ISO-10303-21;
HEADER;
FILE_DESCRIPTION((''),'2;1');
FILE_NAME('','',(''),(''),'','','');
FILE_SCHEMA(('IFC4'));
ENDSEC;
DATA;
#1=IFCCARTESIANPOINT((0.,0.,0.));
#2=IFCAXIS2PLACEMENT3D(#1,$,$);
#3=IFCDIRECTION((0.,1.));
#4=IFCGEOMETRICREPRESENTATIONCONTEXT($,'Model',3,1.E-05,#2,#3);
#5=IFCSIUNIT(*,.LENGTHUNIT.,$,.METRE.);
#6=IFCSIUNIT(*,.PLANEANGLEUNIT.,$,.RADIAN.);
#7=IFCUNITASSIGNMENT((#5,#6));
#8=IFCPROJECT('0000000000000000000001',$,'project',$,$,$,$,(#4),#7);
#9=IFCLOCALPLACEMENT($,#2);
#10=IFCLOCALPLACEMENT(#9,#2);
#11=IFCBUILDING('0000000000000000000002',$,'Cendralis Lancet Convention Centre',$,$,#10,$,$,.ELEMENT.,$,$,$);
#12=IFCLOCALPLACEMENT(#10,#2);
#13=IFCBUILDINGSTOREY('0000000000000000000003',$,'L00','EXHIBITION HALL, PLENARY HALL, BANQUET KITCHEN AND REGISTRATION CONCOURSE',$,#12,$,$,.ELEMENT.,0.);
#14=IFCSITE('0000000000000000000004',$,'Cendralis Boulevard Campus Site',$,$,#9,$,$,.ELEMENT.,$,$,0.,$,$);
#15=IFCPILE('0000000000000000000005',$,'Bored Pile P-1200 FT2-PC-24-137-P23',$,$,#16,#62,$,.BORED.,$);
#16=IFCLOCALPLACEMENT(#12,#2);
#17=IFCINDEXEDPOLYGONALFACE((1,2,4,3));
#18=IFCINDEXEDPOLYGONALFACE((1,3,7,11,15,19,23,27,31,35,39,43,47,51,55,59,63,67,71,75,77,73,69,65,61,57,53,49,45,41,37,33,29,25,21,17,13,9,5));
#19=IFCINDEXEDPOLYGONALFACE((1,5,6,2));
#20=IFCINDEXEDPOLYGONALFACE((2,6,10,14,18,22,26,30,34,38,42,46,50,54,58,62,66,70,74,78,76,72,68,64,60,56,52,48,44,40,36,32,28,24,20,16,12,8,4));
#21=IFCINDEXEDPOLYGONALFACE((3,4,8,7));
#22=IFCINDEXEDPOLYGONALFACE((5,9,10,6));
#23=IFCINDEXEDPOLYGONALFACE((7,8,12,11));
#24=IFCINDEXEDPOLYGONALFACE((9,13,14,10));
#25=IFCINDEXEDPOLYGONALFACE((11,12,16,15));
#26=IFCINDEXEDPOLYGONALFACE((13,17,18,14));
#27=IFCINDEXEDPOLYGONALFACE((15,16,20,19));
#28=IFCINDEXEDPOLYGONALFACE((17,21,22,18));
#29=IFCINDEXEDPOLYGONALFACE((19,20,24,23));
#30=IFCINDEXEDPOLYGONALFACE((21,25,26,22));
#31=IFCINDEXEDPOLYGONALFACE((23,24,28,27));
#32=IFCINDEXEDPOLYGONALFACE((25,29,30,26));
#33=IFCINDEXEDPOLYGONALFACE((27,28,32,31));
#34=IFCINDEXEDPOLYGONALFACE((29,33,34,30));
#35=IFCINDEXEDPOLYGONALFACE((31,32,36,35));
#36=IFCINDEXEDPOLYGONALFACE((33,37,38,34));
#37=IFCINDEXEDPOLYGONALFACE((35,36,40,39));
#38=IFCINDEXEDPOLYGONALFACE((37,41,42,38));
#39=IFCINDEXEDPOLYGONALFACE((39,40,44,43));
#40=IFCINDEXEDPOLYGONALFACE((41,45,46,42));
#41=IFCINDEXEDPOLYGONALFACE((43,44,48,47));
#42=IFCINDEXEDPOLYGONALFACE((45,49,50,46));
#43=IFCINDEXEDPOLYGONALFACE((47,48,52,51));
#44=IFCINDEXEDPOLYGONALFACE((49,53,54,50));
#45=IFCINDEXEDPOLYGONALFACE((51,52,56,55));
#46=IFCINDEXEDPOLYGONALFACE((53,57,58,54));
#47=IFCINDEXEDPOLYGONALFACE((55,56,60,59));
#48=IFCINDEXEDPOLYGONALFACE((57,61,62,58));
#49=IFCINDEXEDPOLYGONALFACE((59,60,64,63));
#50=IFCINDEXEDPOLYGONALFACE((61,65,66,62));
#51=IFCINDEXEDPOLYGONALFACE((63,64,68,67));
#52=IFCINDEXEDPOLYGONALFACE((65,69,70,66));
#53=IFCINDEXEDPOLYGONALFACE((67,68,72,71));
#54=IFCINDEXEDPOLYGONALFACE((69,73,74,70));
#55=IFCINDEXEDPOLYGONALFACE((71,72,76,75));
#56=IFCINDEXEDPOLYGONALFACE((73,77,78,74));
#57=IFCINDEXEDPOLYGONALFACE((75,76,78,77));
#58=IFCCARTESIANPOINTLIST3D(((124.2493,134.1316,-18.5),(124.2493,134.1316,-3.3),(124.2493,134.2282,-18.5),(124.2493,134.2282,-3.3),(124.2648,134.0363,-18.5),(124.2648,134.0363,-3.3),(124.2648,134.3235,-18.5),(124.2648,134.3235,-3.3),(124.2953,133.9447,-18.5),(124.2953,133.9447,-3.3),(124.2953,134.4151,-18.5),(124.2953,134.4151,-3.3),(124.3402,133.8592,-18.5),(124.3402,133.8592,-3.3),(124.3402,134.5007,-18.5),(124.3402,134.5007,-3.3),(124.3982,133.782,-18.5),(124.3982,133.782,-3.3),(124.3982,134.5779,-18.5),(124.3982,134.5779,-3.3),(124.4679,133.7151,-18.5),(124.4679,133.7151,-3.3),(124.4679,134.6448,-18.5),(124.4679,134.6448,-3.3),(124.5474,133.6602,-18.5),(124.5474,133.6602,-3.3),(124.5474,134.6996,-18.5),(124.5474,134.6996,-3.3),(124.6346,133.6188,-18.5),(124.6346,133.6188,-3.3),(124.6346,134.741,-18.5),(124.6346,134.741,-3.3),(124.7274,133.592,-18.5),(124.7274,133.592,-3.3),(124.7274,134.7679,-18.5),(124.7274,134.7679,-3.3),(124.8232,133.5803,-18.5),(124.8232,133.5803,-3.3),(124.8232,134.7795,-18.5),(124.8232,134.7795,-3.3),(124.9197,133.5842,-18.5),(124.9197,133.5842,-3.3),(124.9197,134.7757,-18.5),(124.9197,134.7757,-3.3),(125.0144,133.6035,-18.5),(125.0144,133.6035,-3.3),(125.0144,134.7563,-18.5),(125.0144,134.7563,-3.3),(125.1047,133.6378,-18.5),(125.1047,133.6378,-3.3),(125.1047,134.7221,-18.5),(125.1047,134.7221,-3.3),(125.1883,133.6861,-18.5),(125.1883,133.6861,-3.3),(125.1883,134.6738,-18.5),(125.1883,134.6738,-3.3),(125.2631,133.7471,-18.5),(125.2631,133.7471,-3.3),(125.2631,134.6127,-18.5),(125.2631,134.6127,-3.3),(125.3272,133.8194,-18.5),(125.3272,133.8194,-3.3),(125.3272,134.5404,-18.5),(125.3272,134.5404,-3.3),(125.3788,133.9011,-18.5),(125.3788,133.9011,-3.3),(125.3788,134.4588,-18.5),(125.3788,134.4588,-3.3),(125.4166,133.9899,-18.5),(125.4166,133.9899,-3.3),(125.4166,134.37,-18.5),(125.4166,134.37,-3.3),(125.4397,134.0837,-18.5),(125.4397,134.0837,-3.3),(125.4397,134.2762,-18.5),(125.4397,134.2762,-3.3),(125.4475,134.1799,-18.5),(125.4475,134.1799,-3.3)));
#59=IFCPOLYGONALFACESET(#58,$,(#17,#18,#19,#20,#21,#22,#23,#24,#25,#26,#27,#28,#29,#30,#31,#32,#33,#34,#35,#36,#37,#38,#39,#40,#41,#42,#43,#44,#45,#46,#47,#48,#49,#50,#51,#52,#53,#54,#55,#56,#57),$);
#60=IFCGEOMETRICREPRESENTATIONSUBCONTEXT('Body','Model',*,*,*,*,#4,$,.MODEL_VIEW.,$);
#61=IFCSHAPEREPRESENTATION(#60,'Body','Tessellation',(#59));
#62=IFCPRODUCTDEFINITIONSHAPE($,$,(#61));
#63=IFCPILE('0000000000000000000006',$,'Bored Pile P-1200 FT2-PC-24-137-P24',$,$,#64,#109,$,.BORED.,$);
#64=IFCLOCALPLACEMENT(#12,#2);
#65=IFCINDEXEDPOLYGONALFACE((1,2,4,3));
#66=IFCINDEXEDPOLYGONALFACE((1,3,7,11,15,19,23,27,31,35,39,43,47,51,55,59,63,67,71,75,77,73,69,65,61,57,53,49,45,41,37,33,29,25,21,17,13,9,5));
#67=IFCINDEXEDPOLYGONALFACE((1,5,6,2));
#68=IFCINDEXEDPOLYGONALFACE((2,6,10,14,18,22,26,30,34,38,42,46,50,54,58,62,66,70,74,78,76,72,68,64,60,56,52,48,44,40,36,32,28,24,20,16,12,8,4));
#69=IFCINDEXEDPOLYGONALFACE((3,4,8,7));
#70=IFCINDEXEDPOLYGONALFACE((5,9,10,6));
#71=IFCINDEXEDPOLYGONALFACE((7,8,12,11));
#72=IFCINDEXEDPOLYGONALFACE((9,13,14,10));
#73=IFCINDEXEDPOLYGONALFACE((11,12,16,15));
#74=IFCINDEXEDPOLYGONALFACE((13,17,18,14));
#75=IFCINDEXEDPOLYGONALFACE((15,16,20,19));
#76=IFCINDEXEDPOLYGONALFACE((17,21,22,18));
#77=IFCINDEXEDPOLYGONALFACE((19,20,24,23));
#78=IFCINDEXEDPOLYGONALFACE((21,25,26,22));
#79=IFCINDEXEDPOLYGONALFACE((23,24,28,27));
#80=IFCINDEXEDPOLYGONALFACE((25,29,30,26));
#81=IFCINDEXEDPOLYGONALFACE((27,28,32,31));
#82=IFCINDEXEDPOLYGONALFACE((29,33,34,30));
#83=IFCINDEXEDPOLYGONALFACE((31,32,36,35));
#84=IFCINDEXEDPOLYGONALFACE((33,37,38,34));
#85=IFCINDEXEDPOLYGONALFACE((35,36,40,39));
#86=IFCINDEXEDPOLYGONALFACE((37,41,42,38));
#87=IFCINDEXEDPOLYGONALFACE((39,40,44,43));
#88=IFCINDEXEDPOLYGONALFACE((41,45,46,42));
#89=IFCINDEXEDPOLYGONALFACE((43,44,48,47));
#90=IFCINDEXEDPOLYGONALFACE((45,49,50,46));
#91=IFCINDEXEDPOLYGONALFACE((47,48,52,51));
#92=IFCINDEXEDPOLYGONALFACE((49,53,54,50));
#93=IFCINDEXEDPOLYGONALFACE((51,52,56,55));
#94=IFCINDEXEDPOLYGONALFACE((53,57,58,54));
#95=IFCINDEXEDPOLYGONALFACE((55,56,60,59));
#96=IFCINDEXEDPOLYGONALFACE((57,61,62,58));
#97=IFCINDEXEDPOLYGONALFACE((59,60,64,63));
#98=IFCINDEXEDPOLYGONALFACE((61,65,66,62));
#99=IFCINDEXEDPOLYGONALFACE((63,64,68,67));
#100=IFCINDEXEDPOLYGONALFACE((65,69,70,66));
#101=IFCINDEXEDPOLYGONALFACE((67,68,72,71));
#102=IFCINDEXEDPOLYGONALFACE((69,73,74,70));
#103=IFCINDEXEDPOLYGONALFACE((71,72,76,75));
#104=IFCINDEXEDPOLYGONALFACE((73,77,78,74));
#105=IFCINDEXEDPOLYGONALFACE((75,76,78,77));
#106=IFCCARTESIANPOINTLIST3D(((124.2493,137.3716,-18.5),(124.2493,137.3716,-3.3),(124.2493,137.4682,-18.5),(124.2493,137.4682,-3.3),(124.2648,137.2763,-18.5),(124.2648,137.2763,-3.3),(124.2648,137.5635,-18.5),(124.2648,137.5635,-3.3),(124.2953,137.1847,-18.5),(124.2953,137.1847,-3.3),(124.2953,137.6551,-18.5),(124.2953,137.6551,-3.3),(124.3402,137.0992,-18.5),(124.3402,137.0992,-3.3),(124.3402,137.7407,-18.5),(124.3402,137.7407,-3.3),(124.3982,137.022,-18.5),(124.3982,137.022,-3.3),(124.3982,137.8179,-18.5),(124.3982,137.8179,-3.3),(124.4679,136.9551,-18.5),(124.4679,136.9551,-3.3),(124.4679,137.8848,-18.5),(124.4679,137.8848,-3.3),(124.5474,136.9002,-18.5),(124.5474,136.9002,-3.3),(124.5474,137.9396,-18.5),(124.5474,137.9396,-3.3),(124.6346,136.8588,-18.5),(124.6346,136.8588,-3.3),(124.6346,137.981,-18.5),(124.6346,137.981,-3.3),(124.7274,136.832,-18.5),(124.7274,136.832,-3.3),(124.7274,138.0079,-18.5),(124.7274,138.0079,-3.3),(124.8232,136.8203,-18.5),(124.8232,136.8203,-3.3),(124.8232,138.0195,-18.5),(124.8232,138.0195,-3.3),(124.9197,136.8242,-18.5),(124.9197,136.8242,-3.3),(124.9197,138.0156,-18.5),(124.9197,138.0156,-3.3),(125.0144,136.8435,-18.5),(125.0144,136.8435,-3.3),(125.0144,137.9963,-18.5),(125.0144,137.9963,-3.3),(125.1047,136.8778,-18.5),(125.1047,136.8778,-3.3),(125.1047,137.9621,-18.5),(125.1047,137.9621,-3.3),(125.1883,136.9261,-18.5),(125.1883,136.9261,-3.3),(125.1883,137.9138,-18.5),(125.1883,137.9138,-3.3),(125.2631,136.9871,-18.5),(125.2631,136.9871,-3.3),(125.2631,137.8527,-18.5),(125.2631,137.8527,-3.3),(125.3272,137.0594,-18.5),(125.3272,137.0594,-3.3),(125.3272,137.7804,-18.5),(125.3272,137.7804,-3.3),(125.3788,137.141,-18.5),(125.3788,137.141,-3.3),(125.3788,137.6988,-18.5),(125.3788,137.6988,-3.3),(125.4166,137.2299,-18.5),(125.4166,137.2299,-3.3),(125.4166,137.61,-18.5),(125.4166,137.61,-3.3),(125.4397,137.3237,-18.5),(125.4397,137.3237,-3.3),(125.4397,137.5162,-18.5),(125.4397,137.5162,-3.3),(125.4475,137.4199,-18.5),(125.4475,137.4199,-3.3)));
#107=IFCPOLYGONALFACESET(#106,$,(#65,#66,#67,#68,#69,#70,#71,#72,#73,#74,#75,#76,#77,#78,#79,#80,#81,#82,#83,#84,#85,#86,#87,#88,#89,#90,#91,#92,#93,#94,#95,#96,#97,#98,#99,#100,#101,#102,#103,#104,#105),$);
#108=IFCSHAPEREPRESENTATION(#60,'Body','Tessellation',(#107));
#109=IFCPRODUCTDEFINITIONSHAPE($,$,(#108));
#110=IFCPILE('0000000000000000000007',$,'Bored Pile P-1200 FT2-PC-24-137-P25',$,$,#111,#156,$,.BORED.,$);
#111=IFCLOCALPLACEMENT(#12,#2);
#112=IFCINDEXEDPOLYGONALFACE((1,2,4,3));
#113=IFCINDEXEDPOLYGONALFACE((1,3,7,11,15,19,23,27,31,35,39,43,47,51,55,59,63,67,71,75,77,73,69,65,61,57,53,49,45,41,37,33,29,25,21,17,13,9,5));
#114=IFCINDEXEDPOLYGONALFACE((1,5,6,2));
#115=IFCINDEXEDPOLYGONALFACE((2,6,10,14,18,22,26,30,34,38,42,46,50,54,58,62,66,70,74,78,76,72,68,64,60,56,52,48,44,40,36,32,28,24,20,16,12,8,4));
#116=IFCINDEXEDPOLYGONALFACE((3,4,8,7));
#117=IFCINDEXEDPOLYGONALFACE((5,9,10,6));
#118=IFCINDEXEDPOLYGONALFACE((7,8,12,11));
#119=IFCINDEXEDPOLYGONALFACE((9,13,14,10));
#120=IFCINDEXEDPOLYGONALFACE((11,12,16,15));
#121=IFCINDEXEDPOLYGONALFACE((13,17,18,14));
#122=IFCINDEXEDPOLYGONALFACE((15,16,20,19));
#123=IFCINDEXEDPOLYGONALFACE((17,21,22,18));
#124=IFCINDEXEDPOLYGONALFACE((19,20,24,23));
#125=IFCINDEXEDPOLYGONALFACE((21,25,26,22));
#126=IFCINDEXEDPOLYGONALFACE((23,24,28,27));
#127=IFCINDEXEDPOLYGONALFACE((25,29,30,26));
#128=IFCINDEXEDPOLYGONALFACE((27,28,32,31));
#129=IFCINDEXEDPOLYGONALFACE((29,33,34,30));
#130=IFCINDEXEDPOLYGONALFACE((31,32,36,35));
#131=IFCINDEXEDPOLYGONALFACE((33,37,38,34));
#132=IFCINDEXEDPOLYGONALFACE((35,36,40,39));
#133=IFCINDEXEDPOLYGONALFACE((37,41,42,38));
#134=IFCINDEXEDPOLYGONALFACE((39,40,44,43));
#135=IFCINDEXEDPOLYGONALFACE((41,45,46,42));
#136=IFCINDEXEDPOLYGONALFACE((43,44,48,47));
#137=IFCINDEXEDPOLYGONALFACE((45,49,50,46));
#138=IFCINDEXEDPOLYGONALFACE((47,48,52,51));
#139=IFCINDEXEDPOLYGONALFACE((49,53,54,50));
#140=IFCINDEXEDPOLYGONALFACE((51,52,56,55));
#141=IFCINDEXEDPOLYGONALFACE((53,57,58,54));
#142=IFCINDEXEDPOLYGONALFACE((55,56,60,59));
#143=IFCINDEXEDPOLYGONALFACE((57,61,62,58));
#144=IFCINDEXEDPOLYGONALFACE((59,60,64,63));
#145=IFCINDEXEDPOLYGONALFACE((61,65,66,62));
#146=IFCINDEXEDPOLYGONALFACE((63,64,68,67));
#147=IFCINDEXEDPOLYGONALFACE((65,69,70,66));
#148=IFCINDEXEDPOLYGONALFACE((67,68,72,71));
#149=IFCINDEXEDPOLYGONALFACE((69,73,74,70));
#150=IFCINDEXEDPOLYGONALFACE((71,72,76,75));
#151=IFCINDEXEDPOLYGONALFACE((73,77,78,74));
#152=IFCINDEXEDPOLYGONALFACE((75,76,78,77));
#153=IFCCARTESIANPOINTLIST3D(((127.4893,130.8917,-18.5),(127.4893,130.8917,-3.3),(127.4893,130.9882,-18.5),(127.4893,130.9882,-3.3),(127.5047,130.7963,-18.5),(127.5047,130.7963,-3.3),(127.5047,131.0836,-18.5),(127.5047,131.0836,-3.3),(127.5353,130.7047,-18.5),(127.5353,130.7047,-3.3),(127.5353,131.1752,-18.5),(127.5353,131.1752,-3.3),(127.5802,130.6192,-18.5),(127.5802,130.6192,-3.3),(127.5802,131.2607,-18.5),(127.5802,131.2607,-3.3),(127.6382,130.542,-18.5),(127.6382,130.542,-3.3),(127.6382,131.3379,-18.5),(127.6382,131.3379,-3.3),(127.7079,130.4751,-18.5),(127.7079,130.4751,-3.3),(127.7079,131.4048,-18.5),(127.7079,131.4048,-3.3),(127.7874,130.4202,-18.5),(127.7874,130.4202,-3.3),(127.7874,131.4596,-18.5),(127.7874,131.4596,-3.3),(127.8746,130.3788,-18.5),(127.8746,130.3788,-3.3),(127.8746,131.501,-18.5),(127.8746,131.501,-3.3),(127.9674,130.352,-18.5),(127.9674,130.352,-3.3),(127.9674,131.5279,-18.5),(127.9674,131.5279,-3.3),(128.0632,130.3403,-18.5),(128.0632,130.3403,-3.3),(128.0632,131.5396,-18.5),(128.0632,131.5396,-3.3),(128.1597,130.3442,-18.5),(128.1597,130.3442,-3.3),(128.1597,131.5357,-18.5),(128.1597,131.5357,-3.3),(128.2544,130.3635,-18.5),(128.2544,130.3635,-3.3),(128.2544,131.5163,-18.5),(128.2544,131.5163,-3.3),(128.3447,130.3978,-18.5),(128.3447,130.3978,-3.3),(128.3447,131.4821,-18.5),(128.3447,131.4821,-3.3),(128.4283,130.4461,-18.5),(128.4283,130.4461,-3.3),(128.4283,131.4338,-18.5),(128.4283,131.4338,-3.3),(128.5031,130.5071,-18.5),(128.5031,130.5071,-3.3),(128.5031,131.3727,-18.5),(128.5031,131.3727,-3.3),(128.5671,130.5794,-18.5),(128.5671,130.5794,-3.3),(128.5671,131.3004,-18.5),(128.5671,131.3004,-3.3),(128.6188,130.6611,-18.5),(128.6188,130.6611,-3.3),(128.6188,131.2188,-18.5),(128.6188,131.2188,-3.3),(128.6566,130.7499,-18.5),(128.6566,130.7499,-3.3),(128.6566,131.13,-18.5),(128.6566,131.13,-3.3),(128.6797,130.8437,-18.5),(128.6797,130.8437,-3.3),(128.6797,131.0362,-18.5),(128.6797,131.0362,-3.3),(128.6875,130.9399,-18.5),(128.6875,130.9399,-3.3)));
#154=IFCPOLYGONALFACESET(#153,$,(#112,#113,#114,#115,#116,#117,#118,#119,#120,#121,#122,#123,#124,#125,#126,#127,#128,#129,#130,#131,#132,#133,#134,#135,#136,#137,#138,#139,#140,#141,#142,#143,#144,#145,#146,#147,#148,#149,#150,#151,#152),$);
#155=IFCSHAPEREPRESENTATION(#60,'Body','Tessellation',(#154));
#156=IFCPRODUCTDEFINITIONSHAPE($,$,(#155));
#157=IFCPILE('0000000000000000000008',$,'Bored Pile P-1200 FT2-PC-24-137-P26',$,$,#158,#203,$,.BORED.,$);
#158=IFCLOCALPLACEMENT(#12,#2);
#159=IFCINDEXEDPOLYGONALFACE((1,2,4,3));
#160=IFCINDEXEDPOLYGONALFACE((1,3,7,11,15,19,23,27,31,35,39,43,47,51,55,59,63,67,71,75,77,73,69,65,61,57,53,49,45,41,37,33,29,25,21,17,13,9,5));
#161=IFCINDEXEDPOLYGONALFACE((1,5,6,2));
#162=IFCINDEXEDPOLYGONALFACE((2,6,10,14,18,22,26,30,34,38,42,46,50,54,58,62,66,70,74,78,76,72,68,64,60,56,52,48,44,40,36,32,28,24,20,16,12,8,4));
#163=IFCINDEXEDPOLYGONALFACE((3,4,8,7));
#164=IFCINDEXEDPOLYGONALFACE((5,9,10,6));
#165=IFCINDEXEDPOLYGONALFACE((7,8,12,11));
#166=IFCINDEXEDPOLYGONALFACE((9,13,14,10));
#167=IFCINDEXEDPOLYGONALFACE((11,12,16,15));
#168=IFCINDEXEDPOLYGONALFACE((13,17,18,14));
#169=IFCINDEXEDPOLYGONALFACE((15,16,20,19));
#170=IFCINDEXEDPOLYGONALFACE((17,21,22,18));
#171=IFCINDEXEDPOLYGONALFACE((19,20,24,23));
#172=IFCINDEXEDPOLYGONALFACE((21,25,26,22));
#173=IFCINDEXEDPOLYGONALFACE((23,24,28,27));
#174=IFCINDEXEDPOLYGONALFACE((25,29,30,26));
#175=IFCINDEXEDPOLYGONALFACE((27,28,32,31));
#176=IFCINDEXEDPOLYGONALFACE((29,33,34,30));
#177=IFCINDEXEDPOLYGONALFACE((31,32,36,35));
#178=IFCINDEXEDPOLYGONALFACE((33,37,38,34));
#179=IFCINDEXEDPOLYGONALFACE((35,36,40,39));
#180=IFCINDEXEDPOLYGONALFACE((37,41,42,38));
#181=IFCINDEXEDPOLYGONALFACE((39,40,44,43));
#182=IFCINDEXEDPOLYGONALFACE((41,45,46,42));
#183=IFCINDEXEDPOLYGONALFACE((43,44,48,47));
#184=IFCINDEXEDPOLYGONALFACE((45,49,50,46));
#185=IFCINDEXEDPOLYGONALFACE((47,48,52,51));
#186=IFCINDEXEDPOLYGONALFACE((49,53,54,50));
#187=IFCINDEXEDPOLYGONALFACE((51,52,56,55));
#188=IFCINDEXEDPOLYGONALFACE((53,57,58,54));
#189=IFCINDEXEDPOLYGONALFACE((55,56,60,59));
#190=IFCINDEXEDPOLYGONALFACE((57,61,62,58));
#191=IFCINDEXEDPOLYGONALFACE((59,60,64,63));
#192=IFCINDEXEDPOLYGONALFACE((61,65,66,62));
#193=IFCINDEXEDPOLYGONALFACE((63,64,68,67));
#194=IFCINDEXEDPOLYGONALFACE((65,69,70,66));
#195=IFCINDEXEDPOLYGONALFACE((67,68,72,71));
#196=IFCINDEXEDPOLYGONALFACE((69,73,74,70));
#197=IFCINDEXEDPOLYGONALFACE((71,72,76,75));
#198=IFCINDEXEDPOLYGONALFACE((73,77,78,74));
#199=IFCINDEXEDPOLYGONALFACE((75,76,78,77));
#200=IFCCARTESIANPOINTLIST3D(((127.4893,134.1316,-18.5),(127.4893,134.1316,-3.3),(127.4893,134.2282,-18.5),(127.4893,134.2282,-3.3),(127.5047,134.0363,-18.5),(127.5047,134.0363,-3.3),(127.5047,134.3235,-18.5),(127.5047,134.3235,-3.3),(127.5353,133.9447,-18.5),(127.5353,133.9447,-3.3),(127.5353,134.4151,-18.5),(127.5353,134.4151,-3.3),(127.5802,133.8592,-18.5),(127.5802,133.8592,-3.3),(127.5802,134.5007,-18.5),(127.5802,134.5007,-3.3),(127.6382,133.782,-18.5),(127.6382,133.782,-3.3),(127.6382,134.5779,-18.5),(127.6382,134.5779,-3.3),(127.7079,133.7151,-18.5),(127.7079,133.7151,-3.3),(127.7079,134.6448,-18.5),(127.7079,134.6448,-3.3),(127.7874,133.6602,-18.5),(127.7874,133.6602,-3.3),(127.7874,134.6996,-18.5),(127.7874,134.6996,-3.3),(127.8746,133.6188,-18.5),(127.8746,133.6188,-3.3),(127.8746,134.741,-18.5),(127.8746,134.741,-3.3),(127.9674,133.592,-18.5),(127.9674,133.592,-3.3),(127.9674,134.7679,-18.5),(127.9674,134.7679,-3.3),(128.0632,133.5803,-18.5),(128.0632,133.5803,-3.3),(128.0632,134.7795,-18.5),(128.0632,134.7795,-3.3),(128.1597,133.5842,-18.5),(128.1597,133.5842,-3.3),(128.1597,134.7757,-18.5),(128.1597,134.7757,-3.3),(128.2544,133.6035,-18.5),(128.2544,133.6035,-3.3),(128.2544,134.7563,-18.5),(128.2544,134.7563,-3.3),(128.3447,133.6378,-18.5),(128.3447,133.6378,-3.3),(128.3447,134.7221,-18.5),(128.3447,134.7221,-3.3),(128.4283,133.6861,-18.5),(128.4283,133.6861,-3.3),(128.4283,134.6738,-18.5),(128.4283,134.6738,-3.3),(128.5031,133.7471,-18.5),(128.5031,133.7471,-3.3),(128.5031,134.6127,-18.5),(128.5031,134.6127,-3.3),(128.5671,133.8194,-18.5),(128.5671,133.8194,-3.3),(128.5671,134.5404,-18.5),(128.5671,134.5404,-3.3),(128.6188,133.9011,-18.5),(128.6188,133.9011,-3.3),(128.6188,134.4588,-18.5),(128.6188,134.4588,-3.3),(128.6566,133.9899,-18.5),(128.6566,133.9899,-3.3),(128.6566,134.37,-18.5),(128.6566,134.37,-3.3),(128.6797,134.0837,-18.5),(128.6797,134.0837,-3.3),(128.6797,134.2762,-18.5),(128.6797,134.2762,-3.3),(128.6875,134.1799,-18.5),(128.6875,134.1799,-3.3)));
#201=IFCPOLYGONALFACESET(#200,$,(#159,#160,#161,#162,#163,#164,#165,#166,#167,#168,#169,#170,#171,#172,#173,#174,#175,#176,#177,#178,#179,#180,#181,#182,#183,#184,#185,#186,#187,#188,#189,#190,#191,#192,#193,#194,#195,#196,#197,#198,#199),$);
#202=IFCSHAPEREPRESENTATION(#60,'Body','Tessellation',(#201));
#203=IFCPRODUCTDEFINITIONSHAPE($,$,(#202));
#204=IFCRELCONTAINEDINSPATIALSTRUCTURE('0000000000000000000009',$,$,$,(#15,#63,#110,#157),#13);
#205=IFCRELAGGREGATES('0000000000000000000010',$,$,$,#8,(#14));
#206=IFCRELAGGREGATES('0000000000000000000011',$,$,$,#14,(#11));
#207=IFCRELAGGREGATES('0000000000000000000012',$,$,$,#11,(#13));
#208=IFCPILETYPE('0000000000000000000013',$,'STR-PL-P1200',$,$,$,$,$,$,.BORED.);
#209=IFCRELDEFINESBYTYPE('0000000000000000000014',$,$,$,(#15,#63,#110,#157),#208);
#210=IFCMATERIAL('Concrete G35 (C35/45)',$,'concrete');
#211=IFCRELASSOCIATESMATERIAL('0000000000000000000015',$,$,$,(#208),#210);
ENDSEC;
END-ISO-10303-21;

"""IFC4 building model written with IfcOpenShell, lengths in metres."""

from ifc_helpers import new_model, si_unit, direction, frame, origin, origin_2d, place, context, subcontext, project, spatial, circle, extrude, material, material_profile, profile_set, type_object, element, save


model = new_model("IFC4")

# Units and contexts
model_context = context("Model", 3, precision=1e-05, world=origin(), true_north=direction((0.0, 1.0)))
body_context = subcontext(model_context, "Body", "Model", "MODEL_VIEW")
ifc_project = project(units=[si_unit("LENGTHUNIT", "METRE"), si_unit("PLANEANGLEUNIT", "RADIAN")], contexts=[model_context])

# Site, building, storey
site_placement = place(None, origin())
site = spatial("IfcSite", under=ifc_project, at=site_placement, Name="Cendralis Boulevard Campus Site", CompositionType="ELEMENT", RefElevation=0.0)
building_placement = place(site_placement, origin())
building = spatial("IfcBuilding", under=site, at=building_placement, Name="Cendralis Lancet Convention Centre", CompositionType="ELEMENT")
storey_placement = place(building_placement, origin())
storey = spatial("IfcBuildingStorey", under=building, at=storey_placement, Name="L00", Description="EXHIBITION HALL, PLENARY HALL, BANQUET KITCHEN AND REGISTRATION CONCOURSE", CompositionType="ELEMENT", Elevation=0.0)

# Piles
ifc_material_1 = material(Name="Concrete G35 (C35/45)", Category="concrete")
ifc_material_profile_1 = material_profile(ifc_material_1, circle(Radius=0.6001, at=origin_2d()), Name="BORED PILE D1200")
ifc_profile_set_1 = profile_set([ifc_material_profile_1], Name="Concrete G35 (C35/45)")
pile_type = type_object("IfcPileType", Name="STR-PL-P1200", PredefinedType="BORED", material=ifc_profile_set_1)
for number, where, z_axis, x_axis, name in (
    (1, (124.8474, 134.1799, -3.3), (0.0, 0.0, -1.0), (1.0, 0.0, 0.0), "Bored Pile P-1200 FT2-PC-24-137-P23"),
    (2, (124.8474, 137.4199, -3.3), (0.0, 0.0, -1.0), (1.0, 0.0, 0.0), "Bored Pile P-1200 FT2-PC-24-137-P24"),
    (3, (128.0874, 130.9399, -3.3), (0.0, 0.0, -1.0), (1.0, 0.0, 0.0), "Bored Pile P-1200 FT2-PC-24-137-P25"),
    (4, (128.0874, 134.1799, -3.3), (0.0, 0.0, -1.0), (1.0, 0.0, 0.0), "Bored Pile P-1200 FT2-PC-24-137-P26"),
):
    element("IfcPile", number, at=place(storey_placement, frame(where, z_axis=z_axis, x_axis=x_axis)), inside=storey, type_object=pile_type, Name=name, PredefinedType="BORED", context=body_context, shape_type="SweptSolid", body=[
        extrude(circle(Radius=0.6001, at=origin_2d()), origin(), (0.0, 0.0, 1.0), 15.2),
    ])

save(model, "model.ifc")
